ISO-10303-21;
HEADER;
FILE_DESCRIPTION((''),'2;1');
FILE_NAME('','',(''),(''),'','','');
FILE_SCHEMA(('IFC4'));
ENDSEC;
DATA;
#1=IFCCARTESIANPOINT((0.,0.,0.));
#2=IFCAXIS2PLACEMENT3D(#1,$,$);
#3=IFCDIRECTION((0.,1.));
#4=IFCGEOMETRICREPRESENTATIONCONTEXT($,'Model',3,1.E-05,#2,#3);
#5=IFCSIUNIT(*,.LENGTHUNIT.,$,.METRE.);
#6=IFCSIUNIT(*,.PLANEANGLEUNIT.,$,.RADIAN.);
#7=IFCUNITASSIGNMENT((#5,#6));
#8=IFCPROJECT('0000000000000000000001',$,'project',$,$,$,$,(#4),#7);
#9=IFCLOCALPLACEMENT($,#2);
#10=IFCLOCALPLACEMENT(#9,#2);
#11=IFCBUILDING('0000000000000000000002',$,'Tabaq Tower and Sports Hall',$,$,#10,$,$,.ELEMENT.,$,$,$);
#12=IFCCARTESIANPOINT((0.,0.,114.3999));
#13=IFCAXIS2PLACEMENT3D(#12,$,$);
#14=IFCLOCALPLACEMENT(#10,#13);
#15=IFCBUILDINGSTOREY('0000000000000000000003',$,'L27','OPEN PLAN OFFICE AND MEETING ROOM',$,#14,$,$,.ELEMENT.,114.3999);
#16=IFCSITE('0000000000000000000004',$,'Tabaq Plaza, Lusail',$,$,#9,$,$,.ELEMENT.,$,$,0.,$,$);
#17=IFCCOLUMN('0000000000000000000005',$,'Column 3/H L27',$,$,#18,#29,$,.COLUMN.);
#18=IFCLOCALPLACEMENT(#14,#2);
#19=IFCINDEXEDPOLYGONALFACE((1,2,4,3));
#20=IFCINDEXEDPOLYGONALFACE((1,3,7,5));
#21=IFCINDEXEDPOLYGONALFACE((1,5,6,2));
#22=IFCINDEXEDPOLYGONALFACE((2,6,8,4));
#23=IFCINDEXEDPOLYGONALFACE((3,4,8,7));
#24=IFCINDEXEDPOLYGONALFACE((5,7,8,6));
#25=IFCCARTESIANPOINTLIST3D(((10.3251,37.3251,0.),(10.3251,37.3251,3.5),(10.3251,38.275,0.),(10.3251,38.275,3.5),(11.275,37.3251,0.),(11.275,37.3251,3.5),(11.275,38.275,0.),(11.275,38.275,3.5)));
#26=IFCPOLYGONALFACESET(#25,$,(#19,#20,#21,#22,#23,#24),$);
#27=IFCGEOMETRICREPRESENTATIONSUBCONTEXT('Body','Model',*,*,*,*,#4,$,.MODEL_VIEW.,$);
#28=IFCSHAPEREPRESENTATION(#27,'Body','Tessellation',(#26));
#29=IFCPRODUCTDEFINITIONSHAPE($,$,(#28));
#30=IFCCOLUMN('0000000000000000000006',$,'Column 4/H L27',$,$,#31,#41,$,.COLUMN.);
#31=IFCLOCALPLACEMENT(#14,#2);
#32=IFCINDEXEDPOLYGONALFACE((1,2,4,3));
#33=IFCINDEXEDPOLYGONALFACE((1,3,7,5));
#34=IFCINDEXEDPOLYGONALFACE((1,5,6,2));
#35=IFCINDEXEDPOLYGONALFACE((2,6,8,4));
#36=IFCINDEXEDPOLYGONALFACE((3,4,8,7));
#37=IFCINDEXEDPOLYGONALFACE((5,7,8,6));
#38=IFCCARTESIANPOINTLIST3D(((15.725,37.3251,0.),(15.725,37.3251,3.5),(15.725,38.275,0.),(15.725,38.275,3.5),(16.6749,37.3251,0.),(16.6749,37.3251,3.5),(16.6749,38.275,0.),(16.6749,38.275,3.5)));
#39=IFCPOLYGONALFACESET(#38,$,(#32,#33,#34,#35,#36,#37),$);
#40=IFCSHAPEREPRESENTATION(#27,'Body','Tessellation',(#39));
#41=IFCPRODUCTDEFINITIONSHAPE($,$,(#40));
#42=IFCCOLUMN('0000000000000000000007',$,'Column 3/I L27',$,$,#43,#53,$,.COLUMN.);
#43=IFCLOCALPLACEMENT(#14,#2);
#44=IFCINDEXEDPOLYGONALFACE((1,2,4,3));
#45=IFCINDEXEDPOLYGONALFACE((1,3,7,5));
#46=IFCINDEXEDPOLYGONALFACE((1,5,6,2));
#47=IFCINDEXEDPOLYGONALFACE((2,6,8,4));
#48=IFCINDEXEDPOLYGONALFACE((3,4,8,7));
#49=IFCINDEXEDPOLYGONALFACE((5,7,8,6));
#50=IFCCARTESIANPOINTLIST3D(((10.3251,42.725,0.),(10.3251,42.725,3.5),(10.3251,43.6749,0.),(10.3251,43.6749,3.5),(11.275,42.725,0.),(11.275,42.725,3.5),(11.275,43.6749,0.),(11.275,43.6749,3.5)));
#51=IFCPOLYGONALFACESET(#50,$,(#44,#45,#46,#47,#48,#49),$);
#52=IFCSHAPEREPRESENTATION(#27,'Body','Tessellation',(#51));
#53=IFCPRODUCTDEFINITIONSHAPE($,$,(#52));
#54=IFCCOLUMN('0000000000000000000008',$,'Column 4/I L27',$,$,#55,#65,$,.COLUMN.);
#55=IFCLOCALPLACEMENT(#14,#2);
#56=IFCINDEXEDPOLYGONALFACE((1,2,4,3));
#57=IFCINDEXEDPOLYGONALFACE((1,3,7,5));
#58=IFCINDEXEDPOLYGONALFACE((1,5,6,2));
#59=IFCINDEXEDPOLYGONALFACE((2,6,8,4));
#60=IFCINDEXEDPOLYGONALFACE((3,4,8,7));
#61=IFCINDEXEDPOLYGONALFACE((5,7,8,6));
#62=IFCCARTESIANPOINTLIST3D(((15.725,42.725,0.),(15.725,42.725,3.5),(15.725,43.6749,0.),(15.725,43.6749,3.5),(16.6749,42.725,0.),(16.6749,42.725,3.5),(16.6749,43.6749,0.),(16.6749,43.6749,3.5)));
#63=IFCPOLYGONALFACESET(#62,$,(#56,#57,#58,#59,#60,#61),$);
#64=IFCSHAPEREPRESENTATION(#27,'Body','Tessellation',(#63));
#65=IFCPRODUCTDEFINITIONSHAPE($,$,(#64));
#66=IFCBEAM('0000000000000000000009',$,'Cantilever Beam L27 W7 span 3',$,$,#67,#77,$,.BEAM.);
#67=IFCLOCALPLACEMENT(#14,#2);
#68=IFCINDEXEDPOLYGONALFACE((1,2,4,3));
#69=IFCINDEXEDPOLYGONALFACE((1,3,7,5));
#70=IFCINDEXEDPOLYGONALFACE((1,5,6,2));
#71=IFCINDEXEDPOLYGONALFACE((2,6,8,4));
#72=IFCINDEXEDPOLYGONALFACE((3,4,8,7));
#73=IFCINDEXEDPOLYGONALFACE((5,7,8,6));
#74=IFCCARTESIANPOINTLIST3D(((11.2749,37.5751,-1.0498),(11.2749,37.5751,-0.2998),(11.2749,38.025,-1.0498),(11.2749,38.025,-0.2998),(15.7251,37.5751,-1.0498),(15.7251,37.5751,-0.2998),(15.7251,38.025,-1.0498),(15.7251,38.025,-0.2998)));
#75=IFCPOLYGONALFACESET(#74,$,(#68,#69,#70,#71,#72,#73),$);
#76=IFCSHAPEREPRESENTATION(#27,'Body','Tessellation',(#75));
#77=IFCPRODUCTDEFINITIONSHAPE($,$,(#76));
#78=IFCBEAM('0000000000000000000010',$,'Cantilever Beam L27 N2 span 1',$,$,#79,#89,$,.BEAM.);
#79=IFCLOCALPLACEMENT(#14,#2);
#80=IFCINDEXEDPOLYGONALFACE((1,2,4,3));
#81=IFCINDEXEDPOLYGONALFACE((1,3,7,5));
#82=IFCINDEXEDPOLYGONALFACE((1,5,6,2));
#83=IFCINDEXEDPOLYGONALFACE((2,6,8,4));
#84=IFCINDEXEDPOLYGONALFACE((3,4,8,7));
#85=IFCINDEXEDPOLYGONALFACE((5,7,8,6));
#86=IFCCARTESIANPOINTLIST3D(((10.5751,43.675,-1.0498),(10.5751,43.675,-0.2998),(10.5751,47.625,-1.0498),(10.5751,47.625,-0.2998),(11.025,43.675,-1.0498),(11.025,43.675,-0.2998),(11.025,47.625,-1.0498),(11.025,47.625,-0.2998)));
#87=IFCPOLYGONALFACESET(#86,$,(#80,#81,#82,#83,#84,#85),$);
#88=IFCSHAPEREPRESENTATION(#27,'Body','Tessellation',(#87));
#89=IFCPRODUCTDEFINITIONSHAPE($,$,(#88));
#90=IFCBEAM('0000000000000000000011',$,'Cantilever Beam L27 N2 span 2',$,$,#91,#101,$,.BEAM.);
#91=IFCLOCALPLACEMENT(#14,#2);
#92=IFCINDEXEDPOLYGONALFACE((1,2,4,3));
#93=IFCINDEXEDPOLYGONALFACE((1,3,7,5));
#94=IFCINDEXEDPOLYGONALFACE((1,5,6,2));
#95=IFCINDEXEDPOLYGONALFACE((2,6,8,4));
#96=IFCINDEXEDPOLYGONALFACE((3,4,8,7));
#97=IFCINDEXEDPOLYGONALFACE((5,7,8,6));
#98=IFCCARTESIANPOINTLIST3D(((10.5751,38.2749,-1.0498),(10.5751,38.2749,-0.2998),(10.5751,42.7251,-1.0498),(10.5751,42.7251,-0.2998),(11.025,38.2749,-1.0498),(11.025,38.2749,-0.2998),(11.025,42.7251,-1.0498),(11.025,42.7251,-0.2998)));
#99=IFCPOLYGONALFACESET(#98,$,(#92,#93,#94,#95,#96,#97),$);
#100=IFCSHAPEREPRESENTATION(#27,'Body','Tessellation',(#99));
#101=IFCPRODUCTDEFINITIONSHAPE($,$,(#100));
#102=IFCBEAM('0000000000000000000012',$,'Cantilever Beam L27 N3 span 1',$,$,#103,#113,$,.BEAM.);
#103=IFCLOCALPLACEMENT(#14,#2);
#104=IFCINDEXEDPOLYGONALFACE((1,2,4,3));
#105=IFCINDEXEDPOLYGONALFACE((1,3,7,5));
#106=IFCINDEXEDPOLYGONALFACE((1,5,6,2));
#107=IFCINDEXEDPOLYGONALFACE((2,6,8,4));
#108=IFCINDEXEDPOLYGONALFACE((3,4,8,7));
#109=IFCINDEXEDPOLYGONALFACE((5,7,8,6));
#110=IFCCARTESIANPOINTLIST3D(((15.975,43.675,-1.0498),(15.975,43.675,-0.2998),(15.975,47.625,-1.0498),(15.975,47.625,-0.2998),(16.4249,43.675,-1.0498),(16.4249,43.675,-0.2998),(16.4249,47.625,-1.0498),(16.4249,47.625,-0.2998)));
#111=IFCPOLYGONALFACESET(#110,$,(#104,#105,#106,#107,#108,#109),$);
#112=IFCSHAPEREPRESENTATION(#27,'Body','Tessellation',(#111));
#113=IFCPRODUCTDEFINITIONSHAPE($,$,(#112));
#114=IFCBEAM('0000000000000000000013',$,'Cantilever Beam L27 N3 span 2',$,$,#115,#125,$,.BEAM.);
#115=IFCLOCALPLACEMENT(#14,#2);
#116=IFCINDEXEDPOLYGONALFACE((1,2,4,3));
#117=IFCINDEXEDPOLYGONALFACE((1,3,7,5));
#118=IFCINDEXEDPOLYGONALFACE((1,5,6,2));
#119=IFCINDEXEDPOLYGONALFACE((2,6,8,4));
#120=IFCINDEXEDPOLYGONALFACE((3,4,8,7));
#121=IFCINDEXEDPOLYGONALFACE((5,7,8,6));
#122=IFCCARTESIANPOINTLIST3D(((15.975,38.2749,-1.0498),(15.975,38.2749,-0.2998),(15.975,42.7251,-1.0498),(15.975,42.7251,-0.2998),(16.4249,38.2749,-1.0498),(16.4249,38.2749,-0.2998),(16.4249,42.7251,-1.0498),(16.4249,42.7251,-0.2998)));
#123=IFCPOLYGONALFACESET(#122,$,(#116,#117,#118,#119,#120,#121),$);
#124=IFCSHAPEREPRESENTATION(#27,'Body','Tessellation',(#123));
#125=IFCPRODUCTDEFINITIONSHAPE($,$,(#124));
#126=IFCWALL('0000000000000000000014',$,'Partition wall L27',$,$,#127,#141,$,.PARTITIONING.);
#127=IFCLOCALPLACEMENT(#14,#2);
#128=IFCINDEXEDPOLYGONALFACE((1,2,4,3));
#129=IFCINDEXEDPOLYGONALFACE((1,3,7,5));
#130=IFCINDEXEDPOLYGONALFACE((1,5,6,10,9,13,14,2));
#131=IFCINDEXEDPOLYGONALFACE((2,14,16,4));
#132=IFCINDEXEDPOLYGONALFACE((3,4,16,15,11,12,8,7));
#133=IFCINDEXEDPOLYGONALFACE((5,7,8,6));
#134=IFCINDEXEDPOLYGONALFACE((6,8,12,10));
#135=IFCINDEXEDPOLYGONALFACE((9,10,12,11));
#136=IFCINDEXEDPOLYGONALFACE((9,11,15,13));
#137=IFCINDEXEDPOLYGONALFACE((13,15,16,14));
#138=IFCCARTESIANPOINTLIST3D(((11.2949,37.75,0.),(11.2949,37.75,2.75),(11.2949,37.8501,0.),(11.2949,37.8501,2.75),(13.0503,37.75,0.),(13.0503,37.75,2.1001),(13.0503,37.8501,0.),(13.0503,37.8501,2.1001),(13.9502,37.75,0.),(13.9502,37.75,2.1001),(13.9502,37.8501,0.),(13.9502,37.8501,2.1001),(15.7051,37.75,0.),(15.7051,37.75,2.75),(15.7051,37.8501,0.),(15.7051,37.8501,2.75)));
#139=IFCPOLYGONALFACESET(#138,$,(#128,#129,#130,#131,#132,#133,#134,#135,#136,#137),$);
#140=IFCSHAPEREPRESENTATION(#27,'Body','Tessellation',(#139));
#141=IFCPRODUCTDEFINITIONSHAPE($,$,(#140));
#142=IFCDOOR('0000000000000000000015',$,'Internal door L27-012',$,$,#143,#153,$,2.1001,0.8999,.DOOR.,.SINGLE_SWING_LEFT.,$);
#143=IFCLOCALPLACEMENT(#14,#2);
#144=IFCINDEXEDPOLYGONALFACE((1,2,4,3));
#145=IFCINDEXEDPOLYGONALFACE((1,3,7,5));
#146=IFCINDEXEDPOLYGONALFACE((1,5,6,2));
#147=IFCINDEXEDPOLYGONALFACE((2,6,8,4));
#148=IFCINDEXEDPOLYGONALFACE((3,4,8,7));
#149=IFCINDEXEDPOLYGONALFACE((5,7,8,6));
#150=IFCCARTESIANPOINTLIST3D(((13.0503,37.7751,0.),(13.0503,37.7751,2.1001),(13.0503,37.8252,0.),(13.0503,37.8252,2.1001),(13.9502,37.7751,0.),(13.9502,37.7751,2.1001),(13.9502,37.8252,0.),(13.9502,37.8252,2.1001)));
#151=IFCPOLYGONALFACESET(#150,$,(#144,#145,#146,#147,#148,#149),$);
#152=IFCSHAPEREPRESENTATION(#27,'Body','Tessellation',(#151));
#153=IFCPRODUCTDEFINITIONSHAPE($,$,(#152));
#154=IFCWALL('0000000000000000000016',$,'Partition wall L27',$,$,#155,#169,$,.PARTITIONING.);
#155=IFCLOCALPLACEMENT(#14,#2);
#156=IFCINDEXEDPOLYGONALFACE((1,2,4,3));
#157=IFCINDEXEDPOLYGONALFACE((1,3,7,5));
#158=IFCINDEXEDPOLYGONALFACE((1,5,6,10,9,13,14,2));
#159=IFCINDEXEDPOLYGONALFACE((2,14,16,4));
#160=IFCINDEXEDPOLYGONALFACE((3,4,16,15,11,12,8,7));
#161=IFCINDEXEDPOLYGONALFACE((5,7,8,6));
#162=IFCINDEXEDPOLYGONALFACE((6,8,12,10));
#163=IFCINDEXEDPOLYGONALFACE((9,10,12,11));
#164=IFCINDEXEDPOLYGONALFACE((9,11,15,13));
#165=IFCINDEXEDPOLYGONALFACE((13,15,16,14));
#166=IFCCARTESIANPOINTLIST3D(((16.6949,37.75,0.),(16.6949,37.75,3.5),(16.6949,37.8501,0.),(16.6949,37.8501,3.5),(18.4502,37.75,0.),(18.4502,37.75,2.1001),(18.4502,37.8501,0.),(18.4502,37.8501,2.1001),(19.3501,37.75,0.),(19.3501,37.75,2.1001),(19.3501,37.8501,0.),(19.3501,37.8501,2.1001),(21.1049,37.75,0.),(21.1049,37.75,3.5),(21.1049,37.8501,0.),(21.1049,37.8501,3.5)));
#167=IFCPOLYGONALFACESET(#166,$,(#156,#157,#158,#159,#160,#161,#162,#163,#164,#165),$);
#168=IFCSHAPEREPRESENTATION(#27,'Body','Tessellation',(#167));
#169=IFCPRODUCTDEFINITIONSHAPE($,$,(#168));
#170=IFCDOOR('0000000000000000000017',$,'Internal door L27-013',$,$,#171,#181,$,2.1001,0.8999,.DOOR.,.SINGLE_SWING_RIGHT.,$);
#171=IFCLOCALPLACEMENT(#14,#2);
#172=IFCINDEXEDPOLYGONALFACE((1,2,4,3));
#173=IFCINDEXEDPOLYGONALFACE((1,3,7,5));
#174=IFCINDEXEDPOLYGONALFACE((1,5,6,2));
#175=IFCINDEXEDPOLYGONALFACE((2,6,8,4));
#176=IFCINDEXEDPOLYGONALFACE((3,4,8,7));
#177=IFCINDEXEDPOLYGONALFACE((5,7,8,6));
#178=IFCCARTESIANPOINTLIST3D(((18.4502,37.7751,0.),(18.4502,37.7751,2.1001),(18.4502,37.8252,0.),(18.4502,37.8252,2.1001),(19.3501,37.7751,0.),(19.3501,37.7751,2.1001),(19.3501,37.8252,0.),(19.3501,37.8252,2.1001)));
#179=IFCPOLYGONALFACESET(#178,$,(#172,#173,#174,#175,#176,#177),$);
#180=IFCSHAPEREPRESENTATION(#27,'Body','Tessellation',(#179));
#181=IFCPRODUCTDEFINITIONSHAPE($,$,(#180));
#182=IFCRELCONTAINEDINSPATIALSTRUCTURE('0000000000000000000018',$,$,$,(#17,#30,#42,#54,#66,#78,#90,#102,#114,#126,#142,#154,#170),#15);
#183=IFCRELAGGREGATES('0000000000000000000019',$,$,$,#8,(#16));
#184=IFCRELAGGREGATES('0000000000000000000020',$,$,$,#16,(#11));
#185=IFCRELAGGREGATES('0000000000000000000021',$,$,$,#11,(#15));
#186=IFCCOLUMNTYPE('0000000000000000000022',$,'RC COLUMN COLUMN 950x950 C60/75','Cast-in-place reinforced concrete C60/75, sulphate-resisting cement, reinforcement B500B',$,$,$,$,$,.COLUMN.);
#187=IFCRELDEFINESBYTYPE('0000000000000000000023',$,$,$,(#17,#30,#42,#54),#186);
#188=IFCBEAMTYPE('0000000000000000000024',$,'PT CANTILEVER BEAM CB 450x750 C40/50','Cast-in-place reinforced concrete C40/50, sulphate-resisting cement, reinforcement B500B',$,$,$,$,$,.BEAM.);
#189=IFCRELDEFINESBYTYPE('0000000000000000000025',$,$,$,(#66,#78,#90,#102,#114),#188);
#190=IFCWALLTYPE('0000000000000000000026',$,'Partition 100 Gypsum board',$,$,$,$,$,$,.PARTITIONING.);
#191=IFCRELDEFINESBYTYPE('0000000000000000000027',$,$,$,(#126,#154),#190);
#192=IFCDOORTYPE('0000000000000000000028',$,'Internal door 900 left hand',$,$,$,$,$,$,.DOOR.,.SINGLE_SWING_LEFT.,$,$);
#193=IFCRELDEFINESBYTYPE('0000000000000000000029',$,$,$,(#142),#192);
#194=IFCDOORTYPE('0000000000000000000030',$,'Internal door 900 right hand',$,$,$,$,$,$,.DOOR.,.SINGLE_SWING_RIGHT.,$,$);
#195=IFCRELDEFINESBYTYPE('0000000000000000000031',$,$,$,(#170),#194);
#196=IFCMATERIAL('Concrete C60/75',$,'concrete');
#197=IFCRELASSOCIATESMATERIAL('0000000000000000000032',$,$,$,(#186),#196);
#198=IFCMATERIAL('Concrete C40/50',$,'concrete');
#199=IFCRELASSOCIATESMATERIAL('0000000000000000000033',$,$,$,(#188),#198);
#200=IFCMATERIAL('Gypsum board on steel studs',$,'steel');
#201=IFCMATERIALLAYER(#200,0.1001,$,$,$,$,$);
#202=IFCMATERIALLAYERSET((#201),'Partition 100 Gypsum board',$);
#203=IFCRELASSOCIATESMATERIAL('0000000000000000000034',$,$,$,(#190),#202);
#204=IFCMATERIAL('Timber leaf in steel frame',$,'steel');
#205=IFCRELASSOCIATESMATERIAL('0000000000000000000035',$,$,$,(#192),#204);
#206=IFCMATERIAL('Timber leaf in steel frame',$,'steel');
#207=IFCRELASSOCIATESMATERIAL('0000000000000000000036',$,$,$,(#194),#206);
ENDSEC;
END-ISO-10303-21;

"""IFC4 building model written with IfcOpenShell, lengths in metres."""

from ifc_helpers import new_model, si_unit, direction, frame, frame_2d, origin, origin_2d, place, context, subcontext, project, spatial, rectangle, extrude, material, layer, layer_set, material_profile, profile_set, type_object, element, fill, save


model = new_model("IFC4")

# Units and contexts
model_context = context("Model", 3, precision=1e-05, world=origin(), true_north=direction((0.0, 1.0)))
body_context = subcontext(model_context, "Body", "Model", "MODEL_VIEW")
ifc_project = project(units=[si_unit("LENGTHUNIT", "METRE"), si_unit("PLANEANGLEUNIT", "RADIAN")], contexts=[model_context])

# Site, building, storey
site_placement = place(None, origin())
site = spatial("IfcSite", under=ifc_project, at=site_placement, Name="Tabaq Plaza, Lusail", CompositionType="ELEMENT", RefElevation=0.0)
building_placement = place(site_placement, origin())
building = spatial("IfcBuilding", under=site, at=building_placement, Name="Tabaq Tower and Sports Hall", CompositionType="ELEMENT")
storey_placement = place(building_placement, frame((0.0, 0.0, 114.3999)))
storey = spatial("IfcBuildingStorey", under=building, at=storey_placement, Name="L27", Description="OPEN PLAN OFFICE AND MEETING ROOM", CompositionType="ELEMENT", Elevation=114.3999)

# Columns
ifc_material_1 = material(Name="Concrete C60/75", Category="concrete")
ifc_material_profile_1 = material_profile(ifc_material_1, rectangle(XDim=0.95, YDim=0.95, at=origin_2d()), Name="COLUMN 950x950")
ifc_profile_set_1 = profile_set([ifc_material_profile_1], Name="Concrete C60/75")
column_type = type_object("IfcColumnType", Name="RC COLUMN COLUMN 950x950 C60/75", Description="Cast-in-place reinforced concrete C60/75, sulphate-resisting cement, reinforcement B500B", PredefinedType="COLUMN", material=ifc_profile_set_1)
for number, where, z_axis, x_axis, name in (
    (1, (10.8, 37.8, 0.0), (0.0, 0.0, 1.0), (1.0, 0.0, 0.0), "Column 3/H L27"),
    (2, (16.2, 37.8, 0.0), (0.0, 0.0, 1.0), (1.0, 0.0, 0.0), "Column 4/H L27"),
    (3, (10.8, 43.2, 0.0), (0.0, 0.0, 1.0), (1.0, 0.0, 0.0), "Column 3/I L27"),
    (4, (16.2, 43.2, 0.0), (0.0, 0.0, 1.0), (1.0, 0.0, 0.0), "Column 4/I L27"),
):
    element("IfcColumn", number, at=place(storey_placement, frame(where, z_axis=z_axis, x_axis=x_axis)), inside=storey, type_object=column_type, Name=name, PredefinedType="COLUMN", context=body_context, shape_type="SweptSolid", body=[
        extrude(rectangle(XDim=0.95, YDim=0.95, at=origin_2d()), origin(), (0.0, 0.0, 1.0), 3.5),
    ])

# Beams
ifc_material_2 = material(Name="Concrete C40/50", Category="concrete")
ifc_material_profile_2 = material_profile(ifc_material_2, rectangle(XDim=0.45, YDim=0.75, at=origin_2d()), Name="CB 450x750")
ifc_profile_set_2 = profile_set([ifc_material_profile_2], Name="Concrete C40/50")
beam_type = type_object("IfcBeamType", Name="PT CANTILEVER BEAM CB 450x750 C40/50", Description="Cast-in-place reinforced concrete C40/50, sulphate-resisting cement, reinforcement B500B", PredefinedType="BEAM", material=ifc_profile_set_2)
beam_1_placement = place(storey_placement, frame((11.2749, 37.8, -0.6748), z_axis=(1.0, 0.0, 0.0), x_axis=(0.0, 1.0, 0.0)))
element("IfcBeam", 5, at=beam_1_placement, inside=storey, type_object=beam_type, Name="Cantilever Beam L27 W7 span 3", PredefinedType="BEAM", context=body_context, shape_type="SweptSolid", body=[
    extrude(rectangle(XDim=0.45, YDim=0.75, at=origin_2d()), origin(), (0.0, 0.0, 1.0), 4.4502),
])
beam_2_placement = place(storey_placement, frame((10.8, 47.625, -0.6748), z_axis=(0.0, -1.0, 0.0), x_axis=(1.0, 0.0, 0.0)))
element("IfcBeam", 6, at=beam_2_placement, inside=storey, type_object=beam_type, Name="Cantilever Beam L27 N2 span 1", PredefinedType="BEAM", context=body_context, shape_type="SweptSolid", body=[
    extrude(rectangle(XDim=0.45, YDim=0.75, at=origin_2d()), origin(), (0.0, 0.0, 1.0), 3.95),
])
beam_3_placement = place(storey_placement, frame((10.8, 42.7251, -0.6748), z_axis=(0.0, -1.0, 0.0), x_axis=(1.0, 0.0, 0.0)))
element("IfcBeam", 7, at=beam_3_placement, inside=storey, type_object=beam_type, Name="Cantilever Beam L27 N2 span 2", PredefinedType="BEAM", context=body_context, shape_type="SweptSolid", body=[
    extrude(rectangle(XDim=0.45, YDim=0.75, at=origin_2d()), origin(), (0.0, 0.0, 1.0), 4.4502),
])
beam_4_placement = place(storey_placement, frame((16.2, 47.625, -0.6748), z_axis=(0.0, -1.0, 0.0), x_axis=(1.0, 0.0, 0.0)))
element("IfcBeam", 8, at=beam_4_placement, inside=storey, type_object=beam_type, Name="Cantilever Beam L27 N3 span 1", PredefinedType="BEAM", context=body_context, shape_type="SweptSolid", body=[
    extrude(rectangle(XDim=0.45, YDim=0.75, at=origin_2d()), origin(), (0.0, 0.0, 1.0), 3.95),
])
beam_5_placement = place(storey_placement, frame((16.2, 42.7251, -0.6748), z_axis=(0.0, -1.0, 0.0), x_axis=(1.0, 0.0, 0.0)))
element("IfcBeam", 9, at=beam_5_placement, inside=storey, type_object=beam_type, Name="Cantilever Beam L27 N3 span 2", PredefinedType="BEAM", context=body_context, shape_type="SweptSolid", body=[
    extrude(rectangle(XDim=0.45, YDim=0.75, at=origin_2d()), origin(), (0.0, 0.0, 1.0), 4.4502),
])

# Walls, openings, doors
ifc_material_3 = material(Name="Gypsum board on steel studs", Category="steel")
ifc_layer_1 = layer(ifc_material_3, 0.1001)
ifc_layer_set_1 = layer_set([ifc_layer_1], Name="Partition 100 Gypsum board")
wall_type = type_object("IfcWallType", Name="Partition 100 Gypsum board", PredefinedType="PARTITIONING", material=ifc_layer_set_1)
wall_1_placement = place(storey_placement, frame((15.7051, 37.8, 0.0), z_axis=(0.0, 0.0, 1.0), x_axis=(-1.0, 0.0, 0.0)))
wall_1 = element("IfcWall", 10, at=wall_1_placement, inside=storey, type_object=wall_type, Name="Partition wall L27", PredefinedType="PARTITIONING", context=body_context, shape_type="SweptSolid", body=[
    extrude(rectangle(XDim=4.4102, YDim=0.1001, at=frame_2d((2.2051, 0.0))), origin(), (0.0, 0.0, 1.0), 2.75),
])
opening_1_placement = place(wall_1_placement, frame((1.7549, 0.0, 0.0)))
opening_1 = element("IfcOpeningElement", 11, at=opening_1_placement, cuts=wall_1, PredefinedType="OPENING", context=body_context, shape_type="SweptSolid", body=[
    extrude(rectangle(XDim=0.8999, YDim=2.1001, at=frame_2d((0.45, 1.05))), frame((0.0, 0.05, 0.0), z_axis=(0.0, -1.0, 0.0), x_axis=(1.0, 0.0, 0.0)), (0.0, 0.0, 1.0), 0.1001),
])
ifc_material_4 = material(Name="Timber leaf in steel frame", Category="steel")
door_type_1 = type_object("IfcDoorType", Name="Internal door 900 left hand", OperationType="SINGLE_SWING_LEFT", PredefinedType="DOOR", material=ifc_material_4)
door_1_placement = place(opening_1_placement, origin())
door_1 = element("IfcDoor", 12, at=door_1_placement, inside=storey, type_object=door_type_1, Name="Internal door L27-012", OperationType="SINGLE_SWING_LEFT", OverallHeight=2.1001, OverallWidth=0.8999, PredefinedType="DOOR", context=body_context, shape_type="SweptSolid", body=[
    extrude(rectangle(XDim=0.8999, YDim=2.1001, at=frame_2d((0.45, 1.05))), frame((0.0, 0.0249, 0.0), z_axis=(0.0, -1.0, 0.0), x_axis=(1.0, 0.0, 0.0)), (0.0, 0.0, 1.0), 0.05),
])
fill(opening_1, door_1)
wall_2_placement = place(storey_placement, frame((21.105, 37.8, 0.0), z_axis=(0.0, 0.0, 1.0), x_axis=(-1.0, 0.0, 0.0)))
wall_2 = element("IfcWall", 13, at=wall_2_placement, inside=storey, type_object=wall_type, Name="Partition wall L27", PredefinedType="PARTITIONING", context=body_context, shape_type="SweptSolid", body=[
    extrude(rectangle(XDim=4.4099, YDim=0.1001, at=frame_2d((2.2051, 0.0))), origin(), (0.0, 0.0, 1.0), 3.5),
])
opening_2_placement = place(wall_2_placement, frame((1.7549, 0.0, 0.0)))
opening_2 = element("IfcOpeningElement", 14, at=opening_2_placement, cuts=wall_2, PredefinedType="OPENING", context=body_context, shape_type="SweptSolid", body=[
    extrude(rectangle(XDim=0.8999, YDim=2.1001, at=frame_2d((0.45, 1.05))), frame((0.0, 0.05, 0.0), z_axis=(0.0, -1.0, 0.0), x_axis=(1.0, 0.0, 0.0)), (0.0, 0.0, 1.0), 0.1001),
])
ifc_material_5 = material(Name="Timber leaf in steel frame", Category="steel")
door_type_2 = type_object("IfcDoorType", Name="Internal door 900 right hand", OperationType="SINGLE_SWING_RIGHT", PredefinedType="DOOR", material=ifc_material_5)
door_2_placement = place(opening_2_placement, origin())
door_2 = element("IfcDoor", 15, at=door_2_placement, inside=storey, type_object=door_type_2, Name="Internal door L27-013", OperationType="SINGLE_SWING_RIGHT", OverallHeight=2.1001, OverallWidth=0.8999, PredefinedType="DOOR", context=body_context, shape_type="SweptSolid", body=[
    extrude(rectangle(XDim=0.8999, YDim=2.1001, at=frame_2d((0.45, 1.05))), frame((0.0, 0.0249, 0.0), z_axis=(0.0, -1.0, 0.0), x_axis=(1.0, 0.0, 0.0)), (0.0, 0.0, 1.0), 0.05),
])
fill(opening_2, door_2)

save(model, "model.ifc")
